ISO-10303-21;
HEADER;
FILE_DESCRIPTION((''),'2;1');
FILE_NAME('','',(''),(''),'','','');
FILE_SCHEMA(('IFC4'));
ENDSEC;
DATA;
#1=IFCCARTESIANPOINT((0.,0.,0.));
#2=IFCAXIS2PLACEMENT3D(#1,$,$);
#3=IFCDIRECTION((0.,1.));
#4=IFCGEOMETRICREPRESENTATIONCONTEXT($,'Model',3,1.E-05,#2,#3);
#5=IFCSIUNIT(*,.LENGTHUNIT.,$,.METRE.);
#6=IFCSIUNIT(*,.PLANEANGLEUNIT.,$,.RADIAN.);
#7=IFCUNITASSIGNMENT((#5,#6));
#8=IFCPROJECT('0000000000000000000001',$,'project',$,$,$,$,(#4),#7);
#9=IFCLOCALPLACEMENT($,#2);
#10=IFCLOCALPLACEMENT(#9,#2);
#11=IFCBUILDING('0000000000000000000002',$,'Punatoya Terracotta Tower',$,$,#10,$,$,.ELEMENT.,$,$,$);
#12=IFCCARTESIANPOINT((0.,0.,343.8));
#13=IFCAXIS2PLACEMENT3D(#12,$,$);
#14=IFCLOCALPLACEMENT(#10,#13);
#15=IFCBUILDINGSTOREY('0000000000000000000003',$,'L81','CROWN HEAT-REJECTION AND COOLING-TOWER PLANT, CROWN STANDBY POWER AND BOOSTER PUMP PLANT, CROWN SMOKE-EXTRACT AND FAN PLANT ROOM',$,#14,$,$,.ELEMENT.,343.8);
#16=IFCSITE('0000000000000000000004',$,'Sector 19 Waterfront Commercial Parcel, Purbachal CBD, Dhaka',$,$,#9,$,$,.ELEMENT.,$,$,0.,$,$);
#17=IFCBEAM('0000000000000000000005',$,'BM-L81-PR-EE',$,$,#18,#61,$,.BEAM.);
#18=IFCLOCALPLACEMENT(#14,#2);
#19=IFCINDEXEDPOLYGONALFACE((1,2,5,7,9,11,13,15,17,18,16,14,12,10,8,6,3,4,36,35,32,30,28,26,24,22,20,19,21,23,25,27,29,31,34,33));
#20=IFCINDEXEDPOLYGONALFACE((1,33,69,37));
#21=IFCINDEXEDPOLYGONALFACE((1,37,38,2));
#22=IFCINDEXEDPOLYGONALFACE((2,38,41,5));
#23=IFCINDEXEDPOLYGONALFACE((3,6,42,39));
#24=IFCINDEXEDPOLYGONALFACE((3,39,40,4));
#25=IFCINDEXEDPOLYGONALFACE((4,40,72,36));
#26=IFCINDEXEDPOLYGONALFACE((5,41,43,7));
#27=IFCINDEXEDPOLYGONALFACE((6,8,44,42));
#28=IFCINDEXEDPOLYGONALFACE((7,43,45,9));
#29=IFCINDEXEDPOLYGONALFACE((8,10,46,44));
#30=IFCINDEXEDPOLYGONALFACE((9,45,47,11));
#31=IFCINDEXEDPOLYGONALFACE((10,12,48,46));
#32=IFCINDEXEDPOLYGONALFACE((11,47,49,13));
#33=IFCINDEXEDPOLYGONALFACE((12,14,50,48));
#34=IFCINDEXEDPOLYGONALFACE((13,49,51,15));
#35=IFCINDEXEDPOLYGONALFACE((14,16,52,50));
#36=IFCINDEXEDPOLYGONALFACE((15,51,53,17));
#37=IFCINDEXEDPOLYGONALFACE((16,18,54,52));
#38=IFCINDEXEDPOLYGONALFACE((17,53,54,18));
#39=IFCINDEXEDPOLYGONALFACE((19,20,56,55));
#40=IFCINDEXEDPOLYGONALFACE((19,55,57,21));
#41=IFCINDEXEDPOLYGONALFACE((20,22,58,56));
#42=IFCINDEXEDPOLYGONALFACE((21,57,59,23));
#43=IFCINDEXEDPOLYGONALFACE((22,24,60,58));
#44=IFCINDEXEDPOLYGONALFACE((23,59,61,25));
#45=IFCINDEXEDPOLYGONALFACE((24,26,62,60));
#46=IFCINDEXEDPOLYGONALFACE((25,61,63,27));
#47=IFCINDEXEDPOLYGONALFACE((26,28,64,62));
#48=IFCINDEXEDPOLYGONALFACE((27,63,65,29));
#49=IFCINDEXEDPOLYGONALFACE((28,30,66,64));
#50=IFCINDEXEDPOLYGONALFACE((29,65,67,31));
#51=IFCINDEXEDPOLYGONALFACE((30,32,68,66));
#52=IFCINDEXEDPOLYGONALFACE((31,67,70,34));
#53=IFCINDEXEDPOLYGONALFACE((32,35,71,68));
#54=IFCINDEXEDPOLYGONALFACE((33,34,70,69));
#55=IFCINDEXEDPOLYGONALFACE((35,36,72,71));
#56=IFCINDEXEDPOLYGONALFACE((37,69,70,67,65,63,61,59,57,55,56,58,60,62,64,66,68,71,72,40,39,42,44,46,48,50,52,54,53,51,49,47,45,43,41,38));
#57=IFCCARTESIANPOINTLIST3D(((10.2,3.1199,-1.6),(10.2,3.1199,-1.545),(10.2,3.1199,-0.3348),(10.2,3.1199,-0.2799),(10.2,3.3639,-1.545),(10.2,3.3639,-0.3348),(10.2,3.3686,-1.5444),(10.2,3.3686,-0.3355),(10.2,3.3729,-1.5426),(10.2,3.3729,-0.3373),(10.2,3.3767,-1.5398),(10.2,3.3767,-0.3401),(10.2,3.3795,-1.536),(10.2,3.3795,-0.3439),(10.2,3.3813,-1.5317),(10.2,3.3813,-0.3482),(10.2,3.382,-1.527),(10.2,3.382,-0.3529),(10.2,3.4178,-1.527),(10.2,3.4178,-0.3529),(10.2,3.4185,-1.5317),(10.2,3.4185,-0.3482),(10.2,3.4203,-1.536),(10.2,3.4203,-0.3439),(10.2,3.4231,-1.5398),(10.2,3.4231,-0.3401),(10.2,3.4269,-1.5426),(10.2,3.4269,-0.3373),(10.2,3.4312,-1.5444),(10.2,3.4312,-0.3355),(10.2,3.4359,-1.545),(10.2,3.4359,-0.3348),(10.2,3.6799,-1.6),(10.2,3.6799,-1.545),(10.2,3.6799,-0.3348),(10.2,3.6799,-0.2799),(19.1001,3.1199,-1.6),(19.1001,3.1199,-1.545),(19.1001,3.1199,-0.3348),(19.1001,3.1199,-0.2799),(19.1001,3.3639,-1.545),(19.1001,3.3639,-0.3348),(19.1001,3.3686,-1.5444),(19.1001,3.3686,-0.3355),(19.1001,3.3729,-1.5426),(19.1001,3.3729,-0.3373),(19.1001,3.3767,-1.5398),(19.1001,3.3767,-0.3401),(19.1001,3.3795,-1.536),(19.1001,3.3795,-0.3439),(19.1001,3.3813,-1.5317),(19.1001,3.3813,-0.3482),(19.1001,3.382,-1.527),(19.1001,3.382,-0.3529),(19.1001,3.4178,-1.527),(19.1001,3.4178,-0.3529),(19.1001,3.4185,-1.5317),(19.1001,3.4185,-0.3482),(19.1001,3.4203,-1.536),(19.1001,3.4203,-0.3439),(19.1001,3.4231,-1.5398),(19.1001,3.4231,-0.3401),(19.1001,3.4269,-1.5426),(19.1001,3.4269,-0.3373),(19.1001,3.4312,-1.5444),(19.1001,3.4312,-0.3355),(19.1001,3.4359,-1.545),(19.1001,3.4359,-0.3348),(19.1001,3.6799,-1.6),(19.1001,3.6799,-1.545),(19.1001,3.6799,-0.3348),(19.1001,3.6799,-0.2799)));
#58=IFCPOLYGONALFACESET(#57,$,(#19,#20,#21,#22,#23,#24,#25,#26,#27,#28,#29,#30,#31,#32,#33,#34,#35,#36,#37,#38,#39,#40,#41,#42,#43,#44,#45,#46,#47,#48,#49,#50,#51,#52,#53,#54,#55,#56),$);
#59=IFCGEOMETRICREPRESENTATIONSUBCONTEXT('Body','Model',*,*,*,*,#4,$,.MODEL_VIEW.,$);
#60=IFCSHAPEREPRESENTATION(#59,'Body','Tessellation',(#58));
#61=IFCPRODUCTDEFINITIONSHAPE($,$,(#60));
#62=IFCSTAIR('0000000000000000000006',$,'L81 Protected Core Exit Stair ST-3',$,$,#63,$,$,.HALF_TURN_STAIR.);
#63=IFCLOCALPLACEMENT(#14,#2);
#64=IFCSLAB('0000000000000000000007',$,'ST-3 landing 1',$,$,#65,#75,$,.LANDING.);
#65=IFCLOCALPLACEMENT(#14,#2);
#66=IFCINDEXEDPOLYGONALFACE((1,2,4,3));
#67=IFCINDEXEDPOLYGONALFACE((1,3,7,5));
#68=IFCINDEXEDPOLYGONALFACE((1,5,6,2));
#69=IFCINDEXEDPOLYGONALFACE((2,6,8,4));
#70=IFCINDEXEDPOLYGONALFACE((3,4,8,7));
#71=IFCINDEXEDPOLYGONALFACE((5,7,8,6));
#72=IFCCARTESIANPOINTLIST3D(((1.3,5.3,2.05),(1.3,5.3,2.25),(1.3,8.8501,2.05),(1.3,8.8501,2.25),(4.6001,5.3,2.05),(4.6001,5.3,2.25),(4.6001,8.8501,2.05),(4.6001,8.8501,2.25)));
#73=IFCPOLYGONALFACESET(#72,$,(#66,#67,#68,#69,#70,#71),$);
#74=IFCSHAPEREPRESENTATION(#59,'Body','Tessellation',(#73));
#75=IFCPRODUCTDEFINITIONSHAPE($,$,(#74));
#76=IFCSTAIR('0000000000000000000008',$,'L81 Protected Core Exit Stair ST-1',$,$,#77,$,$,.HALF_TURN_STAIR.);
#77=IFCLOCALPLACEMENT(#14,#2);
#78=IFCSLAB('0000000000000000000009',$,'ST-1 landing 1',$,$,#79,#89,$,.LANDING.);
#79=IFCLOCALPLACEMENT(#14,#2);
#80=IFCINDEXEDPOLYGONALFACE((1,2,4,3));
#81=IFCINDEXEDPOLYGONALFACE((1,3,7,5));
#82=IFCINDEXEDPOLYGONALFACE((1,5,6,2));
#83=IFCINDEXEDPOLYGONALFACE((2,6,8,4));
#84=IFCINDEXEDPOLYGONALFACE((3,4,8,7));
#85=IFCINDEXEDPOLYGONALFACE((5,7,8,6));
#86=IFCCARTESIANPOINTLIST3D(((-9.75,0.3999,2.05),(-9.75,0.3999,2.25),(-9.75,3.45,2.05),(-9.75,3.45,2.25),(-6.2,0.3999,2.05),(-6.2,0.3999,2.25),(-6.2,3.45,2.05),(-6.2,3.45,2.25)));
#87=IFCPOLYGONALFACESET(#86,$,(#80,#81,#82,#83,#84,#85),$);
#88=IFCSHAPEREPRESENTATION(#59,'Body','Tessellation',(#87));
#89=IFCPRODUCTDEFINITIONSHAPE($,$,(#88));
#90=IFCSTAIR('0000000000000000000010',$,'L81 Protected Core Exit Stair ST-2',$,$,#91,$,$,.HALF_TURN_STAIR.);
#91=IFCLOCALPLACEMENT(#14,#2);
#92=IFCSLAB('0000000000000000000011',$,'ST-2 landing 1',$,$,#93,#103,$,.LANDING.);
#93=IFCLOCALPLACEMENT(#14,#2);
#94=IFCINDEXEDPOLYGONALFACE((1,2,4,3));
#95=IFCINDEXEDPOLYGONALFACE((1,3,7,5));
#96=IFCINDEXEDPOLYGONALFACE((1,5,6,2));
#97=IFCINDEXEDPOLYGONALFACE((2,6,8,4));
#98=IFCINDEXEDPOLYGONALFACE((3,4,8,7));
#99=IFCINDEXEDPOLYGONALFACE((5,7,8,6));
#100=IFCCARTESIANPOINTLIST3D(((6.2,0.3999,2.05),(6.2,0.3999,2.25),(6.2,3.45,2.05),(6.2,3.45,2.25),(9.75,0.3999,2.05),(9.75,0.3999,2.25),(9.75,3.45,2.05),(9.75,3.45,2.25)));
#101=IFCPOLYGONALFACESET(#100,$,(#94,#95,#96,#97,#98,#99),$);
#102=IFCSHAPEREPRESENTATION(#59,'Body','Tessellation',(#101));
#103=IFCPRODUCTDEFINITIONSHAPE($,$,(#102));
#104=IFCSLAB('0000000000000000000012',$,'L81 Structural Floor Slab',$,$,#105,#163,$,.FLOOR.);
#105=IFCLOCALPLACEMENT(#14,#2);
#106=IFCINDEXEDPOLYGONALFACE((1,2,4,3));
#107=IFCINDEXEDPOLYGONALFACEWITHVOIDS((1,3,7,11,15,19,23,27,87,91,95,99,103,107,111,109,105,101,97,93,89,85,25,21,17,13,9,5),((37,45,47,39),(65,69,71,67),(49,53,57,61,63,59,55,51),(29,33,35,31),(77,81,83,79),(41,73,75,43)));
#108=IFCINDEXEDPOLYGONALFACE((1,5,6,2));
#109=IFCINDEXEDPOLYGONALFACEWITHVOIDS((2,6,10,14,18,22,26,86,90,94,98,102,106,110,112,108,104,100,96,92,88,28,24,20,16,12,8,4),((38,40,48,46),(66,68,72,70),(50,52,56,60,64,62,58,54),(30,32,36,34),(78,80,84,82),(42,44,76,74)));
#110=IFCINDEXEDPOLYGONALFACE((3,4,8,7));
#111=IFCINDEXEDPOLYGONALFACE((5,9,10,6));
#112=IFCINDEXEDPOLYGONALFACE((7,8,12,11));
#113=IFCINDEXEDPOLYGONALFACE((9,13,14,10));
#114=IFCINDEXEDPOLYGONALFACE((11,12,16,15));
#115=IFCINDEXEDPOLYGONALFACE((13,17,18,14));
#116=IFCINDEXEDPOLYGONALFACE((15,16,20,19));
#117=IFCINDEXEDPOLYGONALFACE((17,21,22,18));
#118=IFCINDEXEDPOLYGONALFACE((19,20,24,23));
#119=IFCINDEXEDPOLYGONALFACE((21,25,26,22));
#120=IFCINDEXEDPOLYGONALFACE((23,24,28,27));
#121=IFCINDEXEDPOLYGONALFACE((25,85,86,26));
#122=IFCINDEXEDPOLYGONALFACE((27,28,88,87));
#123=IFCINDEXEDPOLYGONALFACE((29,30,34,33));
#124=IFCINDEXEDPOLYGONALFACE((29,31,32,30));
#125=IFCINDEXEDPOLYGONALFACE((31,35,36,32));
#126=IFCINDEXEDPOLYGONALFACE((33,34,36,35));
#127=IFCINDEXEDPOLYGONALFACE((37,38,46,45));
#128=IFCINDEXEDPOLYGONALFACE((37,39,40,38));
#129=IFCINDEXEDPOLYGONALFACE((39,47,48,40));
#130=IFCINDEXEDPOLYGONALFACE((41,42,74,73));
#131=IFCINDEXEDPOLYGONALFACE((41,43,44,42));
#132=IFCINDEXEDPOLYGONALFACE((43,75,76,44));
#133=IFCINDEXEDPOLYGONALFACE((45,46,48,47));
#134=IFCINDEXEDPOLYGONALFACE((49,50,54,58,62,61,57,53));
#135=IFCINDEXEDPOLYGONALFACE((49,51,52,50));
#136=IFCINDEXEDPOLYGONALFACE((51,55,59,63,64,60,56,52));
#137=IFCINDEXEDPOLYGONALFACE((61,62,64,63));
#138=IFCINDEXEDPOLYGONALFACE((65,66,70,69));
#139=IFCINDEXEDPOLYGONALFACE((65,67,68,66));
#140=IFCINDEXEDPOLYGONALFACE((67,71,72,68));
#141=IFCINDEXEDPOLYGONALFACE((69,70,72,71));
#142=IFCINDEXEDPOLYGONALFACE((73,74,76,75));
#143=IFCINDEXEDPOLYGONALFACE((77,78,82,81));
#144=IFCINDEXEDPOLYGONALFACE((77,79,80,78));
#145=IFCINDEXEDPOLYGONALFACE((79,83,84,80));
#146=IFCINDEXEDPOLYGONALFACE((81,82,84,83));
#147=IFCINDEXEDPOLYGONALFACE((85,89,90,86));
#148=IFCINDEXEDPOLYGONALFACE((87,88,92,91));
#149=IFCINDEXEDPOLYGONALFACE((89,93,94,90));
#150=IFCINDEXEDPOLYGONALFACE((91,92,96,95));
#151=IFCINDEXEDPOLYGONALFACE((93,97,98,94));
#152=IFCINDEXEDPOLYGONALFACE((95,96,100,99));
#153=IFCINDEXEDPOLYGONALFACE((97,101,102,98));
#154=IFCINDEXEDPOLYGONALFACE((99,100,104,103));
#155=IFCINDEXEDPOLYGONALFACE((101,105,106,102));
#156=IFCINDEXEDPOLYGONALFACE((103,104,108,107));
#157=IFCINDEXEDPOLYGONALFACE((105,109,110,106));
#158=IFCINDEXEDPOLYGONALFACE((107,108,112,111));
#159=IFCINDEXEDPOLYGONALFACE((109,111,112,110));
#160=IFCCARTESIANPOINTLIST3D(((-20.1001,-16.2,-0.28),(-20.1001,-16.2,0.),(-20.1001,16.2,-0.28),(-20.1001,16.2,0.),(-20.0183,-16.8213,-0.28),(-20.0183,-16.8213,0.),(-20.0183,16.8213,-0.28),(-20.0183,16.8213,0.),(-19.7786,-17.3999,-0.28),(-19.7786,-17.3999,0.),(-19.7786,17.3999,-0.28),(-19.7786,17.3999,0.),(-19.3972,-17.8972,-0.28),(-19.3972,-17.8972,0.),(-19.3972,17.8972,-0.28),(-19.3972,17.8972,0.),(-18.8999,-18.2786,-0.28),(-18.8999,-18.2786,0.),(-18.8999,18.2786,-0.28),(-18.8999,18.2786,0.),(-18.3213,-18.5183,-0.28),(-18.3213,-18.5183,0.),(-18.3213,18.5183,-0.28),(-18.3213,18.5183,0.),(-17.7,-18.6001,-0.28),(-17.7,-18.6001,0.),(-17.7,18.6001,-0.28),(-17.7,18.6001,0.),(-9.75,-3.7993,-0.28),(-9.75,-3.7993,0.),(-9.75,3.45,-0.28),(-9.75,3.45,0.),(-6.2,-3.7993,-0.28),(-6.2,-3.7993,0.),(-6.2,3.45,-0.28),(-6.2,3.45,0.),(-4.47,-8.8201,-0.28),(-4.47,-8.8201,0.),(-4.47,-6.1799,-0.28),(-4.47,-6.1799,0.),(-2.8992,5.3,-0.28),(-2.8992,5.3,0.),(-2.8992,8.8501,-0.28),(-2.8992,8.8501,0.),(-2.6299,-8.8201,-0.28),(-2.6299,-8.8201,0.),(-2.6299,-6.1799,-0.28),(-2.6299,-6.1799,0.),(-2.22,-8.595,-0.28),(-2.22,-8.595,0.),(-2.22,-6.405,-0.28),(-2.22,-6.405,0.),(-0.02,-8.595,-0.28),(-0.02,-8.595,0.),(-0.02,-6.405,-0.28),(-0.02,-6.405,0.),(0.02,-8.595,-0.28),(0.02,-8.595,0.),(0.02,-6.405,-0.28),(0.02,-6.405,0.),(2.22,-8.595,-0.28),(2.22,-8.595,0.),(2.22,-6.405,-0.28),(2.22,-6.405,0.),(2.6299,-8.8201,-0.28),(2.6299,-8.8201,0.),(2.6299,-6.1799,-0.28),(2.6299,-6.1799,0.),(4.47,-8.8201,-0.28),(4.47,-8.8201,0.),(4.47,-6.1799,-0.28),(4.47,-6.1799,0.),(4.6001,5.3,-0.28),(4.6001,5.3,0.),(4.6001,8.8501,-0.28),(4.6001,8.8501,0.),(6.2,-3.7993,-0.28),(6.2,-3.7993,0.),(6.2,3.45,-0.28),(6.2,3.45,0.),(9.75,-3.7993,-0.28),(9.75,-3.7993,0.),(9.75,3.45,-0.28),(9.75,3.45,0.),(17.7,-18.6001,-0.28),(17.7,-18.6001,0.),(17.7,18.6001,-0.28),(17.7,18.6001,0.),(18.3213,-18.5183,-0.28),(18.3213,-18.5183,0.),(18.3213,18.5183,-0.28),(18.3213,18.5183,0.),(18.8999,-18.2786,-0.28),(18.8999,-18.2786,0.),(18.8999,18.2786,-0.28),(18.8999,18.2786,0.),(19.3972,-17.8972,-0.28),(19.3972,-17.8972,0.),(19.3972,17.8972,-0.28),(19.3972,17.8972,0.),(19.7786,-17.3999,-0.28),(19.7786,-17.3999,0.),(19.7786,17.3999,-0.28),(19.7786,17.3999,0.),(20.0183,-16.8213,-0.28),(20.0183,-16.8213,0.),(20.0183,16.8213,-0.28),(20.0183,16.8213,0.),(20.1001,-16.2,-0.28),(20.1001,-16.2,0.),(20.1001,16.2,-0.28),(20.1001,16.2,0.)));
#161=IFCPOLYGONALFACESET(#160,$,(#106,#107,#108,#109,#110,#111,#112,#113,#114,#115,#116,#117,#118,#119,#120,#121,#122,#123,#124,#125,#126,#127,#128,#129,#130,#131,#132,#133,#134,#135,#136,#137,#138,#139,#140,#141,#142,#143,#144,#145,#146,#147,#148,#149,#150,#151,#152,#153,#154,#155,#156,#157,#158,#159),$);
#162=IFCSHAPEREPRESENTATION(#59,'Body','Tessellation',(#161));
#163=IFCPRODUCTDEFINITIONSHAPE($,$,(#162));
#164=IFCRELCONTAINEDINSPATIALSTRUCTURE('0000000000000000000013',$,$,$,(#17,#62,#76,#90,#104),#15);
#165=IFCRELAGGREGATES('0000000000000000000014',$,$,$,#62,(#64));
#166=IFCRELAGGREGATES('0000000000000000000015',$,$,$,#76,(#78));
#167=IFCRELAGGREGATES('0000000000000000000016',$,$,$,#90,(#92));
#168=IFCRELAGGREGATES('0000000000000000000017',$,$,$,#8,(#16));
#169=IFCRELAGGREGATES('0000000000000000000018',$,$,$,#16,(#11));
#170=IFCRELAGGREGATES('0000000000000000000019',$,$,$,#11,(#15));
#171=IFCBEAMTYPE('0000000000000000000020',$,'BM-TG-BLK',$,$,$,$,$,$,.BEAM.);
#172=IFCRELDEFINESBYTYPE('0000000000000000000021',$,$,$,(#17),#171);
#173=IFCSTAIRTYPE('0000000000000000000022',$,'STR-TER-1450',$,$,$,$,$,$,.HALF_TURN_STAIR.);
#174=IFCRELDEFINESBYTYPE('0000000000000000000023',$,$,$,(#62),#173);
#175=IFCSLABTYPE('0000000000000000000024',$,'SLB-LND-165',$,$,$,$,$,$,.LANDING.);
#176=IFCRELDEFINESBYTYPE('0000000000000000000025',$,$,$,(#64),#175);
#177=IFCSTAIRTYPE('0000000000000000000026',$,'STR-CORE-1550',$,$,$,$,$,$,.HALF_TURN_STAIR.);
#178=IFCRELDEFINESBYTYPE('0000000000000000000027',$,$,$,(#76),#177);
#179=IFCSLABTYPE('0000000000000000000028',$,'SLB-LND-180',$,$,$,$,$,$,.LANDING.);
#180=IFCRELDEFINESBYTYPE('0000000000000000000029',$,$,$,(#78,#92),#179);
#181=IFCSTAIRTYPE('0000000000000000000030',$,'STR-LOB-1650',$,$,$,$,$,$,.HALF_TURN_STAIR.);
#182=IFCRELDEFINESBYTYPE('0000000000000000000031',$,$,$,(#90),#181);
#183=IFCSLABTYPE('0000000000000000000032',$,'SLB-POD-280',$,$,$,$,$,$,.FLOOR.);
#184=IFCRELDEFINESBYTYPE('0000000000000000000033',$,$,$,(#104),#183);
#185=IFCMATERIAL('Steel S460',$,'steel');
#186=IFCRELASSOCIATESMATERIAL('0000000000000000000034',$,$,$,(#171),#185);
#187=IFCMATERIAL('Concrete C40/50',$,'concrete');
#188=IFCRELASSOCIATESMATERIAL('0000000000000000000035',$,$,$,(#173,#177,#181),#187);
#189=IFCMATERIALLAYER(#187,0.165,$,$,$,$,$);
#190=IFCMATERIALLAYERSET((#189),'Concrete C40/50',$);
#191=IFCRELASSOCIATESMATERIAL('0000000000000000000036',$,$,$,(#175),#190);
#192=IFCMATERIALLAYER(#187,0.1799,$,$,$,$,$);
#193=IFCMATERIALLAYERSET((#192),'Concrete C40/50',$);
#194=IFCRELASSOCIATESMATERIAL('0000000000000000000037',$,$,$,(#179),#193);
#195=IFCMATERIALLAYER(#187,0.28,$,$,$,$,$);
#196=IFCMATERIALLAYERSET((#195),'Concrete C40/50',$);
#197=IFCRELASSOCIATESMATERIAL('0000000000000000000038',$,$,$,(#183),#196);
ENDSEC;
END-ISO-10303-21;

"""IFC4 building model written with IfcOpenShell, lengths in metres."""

from ifc_helpers import new_model, si_unit, direction, frame, origin, origin_2d, place, context, subcontext, project, spatial, polyline, i_section, outline, extrude, material, layer, layer_set, material_profile, profile_set, type_object, element, aggregate, save


model = new_model("IFC4")

# Units and contexts
model_context = context("Model", 3, precision=1e-05, world=origin(), true_north=direction((0.0, 1.0)))
body_context = subcontext(model_context, "Body", "Model", "MODEL_VIEW")
ifc_project = project(units=[si_unit("LENGTHUNIT", "METRE"), si_unit("PLANEANGLEUNIT", "RADIAN")], contexts=[model_context])

# Site, building, storey
site_placement = place(None, origin())
site = spatial("IfcSite", under=ifc_project, at=site_placement, Name="Sector 19 Waterfront Commercial Parcel, Purbachal CBD, Dhaka", CompositionType="ELEMENT", RefElevation=0.0)
building_placement = place(site_placement, origin())
building = spatial("IfcBuilding", under=site, at=building_placement, Name="Punatoya Terracotta Tower", CompositionType="ELEMENT")
storey_placement = place(building_placement, frame((0.0, 0.0, 343.8)))
storey = spatial("IfcBuildingStorey", under=building, at=storey_placement, Name="L81", Description="CROWN HEAT-REJECTION AND COOLING-TOWER PLANT, CROWN STANDBY POWER AND BOOSTER PUMP PLANT, CROWN SMOKE-EXTRACT AND FAN PLANT ROOM", CompositionType="ELEMENT", Elevation=343.8)

# Beam
ifc_material_1 = material(Name="Steel S460", Category="steel")
ifc_material_profile_1 = material_profile(ifc_material_1, i_section(OverallWidth=0.5601, OverallDepth=1.3201, WebThickness=0.0359, FlangeThickness=0.0549, FilletRadius=0.0181, at=origin_2d()))
ifc_profile_set_1 = profile_set([ifc_material_profile_1], Name="Steel S460")
beam_type_1 = type_object("IfcBeamType", Name="BM-TG-BLK", PredefinedType="BEAM", material=ifc_profile_set_1)
beam_placement = place(storey_placement, frame((10.2, 3.3999, -0.9399), z_axis=(1.0, 0.0, 0.0), x_axis=(0.0, 1.0, 0.0)))
element("IfcBeam", 1, at=beam_placement, inside=storey, type_object=beam_type_1, Name="BM-L81-PR-EE", PredefinedType="BEAM", context=body_context, shape_type="SweptSolid", body=[
    extrude(i_section(OverallWidth=0.5601, OverallDepth=1.3201, WebThickness=0.0359, FlangeThickness=0.0549, FilletRadius=0.0181, at=origin_2d()), origin(), (0.0, 0.0, 1.0), 8.9001),
])

# Stairs, slabs
ifc_material_2 = material(Name="Concrete C40/50", Category="concrete")
stair_type_1 = type_object("IfcStairType", Name="STR-TER-1450", PredefinedType="HALF_TURN_STAIR", material=ifc_material_2)
stair_1_placement = place(storey_placement, origin())
stair_1 = element("IfcStair", 2, at=stair_1_placement, inside=storey, type_object=stair_type_1, Name="L81 Protected Core Exit Stair ST-3", PredefinedType="HALF_TURN_STAIR")
ifc_layer_1 = layer(ifc_material_2, 0.165)
ifc_layer_set_1 = layer_set([ifc_layer_1], Name="Concrete C40/50")
slab_type_1 = type_object("IfcSlabType", Name="SLB-LND-165", PredefinedType="LANDING", material=ifc_layer_set_1)
slab_1_placement = place(storey_placement, frame((0.0, 0.0, 2.05)))
slab_1 = element("IfcSlab", 3, at=slab_1_placement, type_object=slab_type_1, Name="ST-3 landing 1", PredefinedType="LANDING", context=body_context, shape_type="SweptSolid", body=[
    extrude(outline(polyline([(1.3, 5.3), (4.6001, 5.3), (4.6001, 8.8501), (1.3, 8.8501), (1.3, 5.3)])), origin(), (0.0, 0.0, 1.0), 0.2),
])
aggregate(stair_1, [slab_1])
stair_type_2 = type_object("IfcStairType", Name="STR-CORE-1550", PredefinedType="HALF_TURN_STAIR", material=ifc_material_2)
stair_2_placement = place(storey_placement, origin())
stair_2 = element("IfcStair", 4, at=stair_2_placement, inside=storey, type_object=stair_type_2, Name="L81 Protected Core Exit Stair ST-1", PredefinedType="HALF_TURN_STAIR")
ifc_layer_2 = layer(ifc_material_2, 0.1799)
ifc_layer_set_2 = layer_set([ifc_layer_2], Name="Concrete C40/50")
slab_type_2 = type_object("IfcSlabType", Name="SLB-LND-180", PredefinedType="LANDING", material=ifc_layer_set_2)
slab_2_placement = place(storey_placement, frame((0.0, 0.0, 2.05)))
slab_2 = element("IfcSlab", 5, at=slab_2_placement, type_object=slab_type_2, Name="ST-1 landing 1", PredefinedType="LANDING", context=body_context, shape_type="SweptSolid", body=[
    extrude(outline(polyline([(-6.2, 0.3999), (-6.2, 3.45), (-9.75, 3.45), (-9.75, 0.3999), (-6.2, 0.3999)])), origin(), (0.0, 0.0, 1.0), 0.2),
])
aggregate(stair_2, [slab_2])
stair_type_3 = type_object("IfcStairType", Name="STR-LOB-1650", PredefinedType="HALF_TURN_STAIR", material=ifc_material_2)
stair_3_placement = place(storey_placement, origin())
stair_3 = element("IfcStair", 6, at=stair_3_placement, inside=storey, type_object=stair_type_3, Name="L81 Protected Core Exit Stair ST-2", PredefinedType="HALF_TURN_STAIR")
slab_3_placement = place(storey_placement, frame((0.0, 0.0, 2.05)))
slab_3 = element("IfcSlab", 7, at=slab_3_placement, type_object=slab_type_2, Name="ST-2 landing 1", PredefinedType="LANDING", context=body_context, shape_type="SweptSolid", body=[
    extrude(outline(polyline([(9.75, 0.3999), (9.75, 3.45), (6.2, 3.45), (6.2, 0.3999), (9.75, 0.3999)])), origin(), (0.0, 0.0, 1.0), 0.2),
])

# Slab
ifc_layer_3 = layer(ifc_material_2, 0.28)
ifc_layer_set_3 = layer_set([ifc_layer_3], Name="Concrete C40/50")
slab_type_3 = type_object("IfcSlabType", Name="SLB-POD-280", PredefinedType="FLOOR", material=ifc_layer_set_3)
slab_4_placement = place(storey_placement, frame((0.0, 0.0, -0.28)))
element("IfcSlab", 8, at=slab_4_placement, inside=storey, type_object=slab_type_3, Name="L81 Structural Floor Slab", PredefinedType="FLOOR", context=body_context, shape_type="SweptSolid", body=[
    extrude(outline(polyline([(-17.7, -18.6001), (-18.3213, -18.5183), (-18.8999, -18.2786), (-19.3972, -17.8972), (-19.7786, -17.3999), (-20.0183, -16.8213), (-20.1001, -16.2), (-20.1001, 16.2), (-20.0183, 16.8213), (-19.7786, 17.3999), (-19.3972, 17.8972), (-18.8999, 18.2786), (-18.3213, 18.5183), (-17.7, 18.6001), (17.7, 18.6001), (18.3213, 18.5183), (18.8999, 18.2786), (19.3972, 17.8972), (19.7786, 17.3999), (20.0183, 16.8213), (20.1001, 16.2), (20.1001, -16.2), (20.0183, -16.8213), (19.7786, -17.3999), (19.3972, -17.8972), (18.8999, -18.2786), (18.3213, -18.5183), (17.7, -18.6001), (-17.7, -18.6001)]), holes=[polyline([(-4.47, -6.1799), (-4.47, -8.8201), (-2.6299, -8.8201), (-2.6299, -6.1799), (-4.47, -6.1799)]), polyline([(-2.22, -6.405), (-2.22, -8.595), (-0.02, -8.595), (0.02, -8.595), (2.22, -8.595), (2.22, -6.405), (0.02, -6.405), (-0.02, -6.405), (-2.22, -6.405)]), polyline([(4.47, -6.1799), (2.6299, -6.1799), (2.6299, -8.8201), (4.47, -8.8201), (4.47, -6.1799)]), polyline([(-9.75, 3.45), (-9.75, -3.7993), (-6.2, -3.7993), (-6.2, 3.45), (-9.75, 3.45)]), polyline([(6.2, 3.45), (6.2, -3.7993), (9.75, -3.7993), (9.75, 3.45), (6.2, 3.45)]), polyline([(4.6001, 8.8501), (-2.8992, 8.8501), (-2.8992, 5.3), (4.6001, 5.3), (4.6001, 8.8501)])]), origin(), (0.0, 0.0, 1.0), 0.28),
])

aggregate(stair_3, [slab_3])

save(model, "model.ifc")
